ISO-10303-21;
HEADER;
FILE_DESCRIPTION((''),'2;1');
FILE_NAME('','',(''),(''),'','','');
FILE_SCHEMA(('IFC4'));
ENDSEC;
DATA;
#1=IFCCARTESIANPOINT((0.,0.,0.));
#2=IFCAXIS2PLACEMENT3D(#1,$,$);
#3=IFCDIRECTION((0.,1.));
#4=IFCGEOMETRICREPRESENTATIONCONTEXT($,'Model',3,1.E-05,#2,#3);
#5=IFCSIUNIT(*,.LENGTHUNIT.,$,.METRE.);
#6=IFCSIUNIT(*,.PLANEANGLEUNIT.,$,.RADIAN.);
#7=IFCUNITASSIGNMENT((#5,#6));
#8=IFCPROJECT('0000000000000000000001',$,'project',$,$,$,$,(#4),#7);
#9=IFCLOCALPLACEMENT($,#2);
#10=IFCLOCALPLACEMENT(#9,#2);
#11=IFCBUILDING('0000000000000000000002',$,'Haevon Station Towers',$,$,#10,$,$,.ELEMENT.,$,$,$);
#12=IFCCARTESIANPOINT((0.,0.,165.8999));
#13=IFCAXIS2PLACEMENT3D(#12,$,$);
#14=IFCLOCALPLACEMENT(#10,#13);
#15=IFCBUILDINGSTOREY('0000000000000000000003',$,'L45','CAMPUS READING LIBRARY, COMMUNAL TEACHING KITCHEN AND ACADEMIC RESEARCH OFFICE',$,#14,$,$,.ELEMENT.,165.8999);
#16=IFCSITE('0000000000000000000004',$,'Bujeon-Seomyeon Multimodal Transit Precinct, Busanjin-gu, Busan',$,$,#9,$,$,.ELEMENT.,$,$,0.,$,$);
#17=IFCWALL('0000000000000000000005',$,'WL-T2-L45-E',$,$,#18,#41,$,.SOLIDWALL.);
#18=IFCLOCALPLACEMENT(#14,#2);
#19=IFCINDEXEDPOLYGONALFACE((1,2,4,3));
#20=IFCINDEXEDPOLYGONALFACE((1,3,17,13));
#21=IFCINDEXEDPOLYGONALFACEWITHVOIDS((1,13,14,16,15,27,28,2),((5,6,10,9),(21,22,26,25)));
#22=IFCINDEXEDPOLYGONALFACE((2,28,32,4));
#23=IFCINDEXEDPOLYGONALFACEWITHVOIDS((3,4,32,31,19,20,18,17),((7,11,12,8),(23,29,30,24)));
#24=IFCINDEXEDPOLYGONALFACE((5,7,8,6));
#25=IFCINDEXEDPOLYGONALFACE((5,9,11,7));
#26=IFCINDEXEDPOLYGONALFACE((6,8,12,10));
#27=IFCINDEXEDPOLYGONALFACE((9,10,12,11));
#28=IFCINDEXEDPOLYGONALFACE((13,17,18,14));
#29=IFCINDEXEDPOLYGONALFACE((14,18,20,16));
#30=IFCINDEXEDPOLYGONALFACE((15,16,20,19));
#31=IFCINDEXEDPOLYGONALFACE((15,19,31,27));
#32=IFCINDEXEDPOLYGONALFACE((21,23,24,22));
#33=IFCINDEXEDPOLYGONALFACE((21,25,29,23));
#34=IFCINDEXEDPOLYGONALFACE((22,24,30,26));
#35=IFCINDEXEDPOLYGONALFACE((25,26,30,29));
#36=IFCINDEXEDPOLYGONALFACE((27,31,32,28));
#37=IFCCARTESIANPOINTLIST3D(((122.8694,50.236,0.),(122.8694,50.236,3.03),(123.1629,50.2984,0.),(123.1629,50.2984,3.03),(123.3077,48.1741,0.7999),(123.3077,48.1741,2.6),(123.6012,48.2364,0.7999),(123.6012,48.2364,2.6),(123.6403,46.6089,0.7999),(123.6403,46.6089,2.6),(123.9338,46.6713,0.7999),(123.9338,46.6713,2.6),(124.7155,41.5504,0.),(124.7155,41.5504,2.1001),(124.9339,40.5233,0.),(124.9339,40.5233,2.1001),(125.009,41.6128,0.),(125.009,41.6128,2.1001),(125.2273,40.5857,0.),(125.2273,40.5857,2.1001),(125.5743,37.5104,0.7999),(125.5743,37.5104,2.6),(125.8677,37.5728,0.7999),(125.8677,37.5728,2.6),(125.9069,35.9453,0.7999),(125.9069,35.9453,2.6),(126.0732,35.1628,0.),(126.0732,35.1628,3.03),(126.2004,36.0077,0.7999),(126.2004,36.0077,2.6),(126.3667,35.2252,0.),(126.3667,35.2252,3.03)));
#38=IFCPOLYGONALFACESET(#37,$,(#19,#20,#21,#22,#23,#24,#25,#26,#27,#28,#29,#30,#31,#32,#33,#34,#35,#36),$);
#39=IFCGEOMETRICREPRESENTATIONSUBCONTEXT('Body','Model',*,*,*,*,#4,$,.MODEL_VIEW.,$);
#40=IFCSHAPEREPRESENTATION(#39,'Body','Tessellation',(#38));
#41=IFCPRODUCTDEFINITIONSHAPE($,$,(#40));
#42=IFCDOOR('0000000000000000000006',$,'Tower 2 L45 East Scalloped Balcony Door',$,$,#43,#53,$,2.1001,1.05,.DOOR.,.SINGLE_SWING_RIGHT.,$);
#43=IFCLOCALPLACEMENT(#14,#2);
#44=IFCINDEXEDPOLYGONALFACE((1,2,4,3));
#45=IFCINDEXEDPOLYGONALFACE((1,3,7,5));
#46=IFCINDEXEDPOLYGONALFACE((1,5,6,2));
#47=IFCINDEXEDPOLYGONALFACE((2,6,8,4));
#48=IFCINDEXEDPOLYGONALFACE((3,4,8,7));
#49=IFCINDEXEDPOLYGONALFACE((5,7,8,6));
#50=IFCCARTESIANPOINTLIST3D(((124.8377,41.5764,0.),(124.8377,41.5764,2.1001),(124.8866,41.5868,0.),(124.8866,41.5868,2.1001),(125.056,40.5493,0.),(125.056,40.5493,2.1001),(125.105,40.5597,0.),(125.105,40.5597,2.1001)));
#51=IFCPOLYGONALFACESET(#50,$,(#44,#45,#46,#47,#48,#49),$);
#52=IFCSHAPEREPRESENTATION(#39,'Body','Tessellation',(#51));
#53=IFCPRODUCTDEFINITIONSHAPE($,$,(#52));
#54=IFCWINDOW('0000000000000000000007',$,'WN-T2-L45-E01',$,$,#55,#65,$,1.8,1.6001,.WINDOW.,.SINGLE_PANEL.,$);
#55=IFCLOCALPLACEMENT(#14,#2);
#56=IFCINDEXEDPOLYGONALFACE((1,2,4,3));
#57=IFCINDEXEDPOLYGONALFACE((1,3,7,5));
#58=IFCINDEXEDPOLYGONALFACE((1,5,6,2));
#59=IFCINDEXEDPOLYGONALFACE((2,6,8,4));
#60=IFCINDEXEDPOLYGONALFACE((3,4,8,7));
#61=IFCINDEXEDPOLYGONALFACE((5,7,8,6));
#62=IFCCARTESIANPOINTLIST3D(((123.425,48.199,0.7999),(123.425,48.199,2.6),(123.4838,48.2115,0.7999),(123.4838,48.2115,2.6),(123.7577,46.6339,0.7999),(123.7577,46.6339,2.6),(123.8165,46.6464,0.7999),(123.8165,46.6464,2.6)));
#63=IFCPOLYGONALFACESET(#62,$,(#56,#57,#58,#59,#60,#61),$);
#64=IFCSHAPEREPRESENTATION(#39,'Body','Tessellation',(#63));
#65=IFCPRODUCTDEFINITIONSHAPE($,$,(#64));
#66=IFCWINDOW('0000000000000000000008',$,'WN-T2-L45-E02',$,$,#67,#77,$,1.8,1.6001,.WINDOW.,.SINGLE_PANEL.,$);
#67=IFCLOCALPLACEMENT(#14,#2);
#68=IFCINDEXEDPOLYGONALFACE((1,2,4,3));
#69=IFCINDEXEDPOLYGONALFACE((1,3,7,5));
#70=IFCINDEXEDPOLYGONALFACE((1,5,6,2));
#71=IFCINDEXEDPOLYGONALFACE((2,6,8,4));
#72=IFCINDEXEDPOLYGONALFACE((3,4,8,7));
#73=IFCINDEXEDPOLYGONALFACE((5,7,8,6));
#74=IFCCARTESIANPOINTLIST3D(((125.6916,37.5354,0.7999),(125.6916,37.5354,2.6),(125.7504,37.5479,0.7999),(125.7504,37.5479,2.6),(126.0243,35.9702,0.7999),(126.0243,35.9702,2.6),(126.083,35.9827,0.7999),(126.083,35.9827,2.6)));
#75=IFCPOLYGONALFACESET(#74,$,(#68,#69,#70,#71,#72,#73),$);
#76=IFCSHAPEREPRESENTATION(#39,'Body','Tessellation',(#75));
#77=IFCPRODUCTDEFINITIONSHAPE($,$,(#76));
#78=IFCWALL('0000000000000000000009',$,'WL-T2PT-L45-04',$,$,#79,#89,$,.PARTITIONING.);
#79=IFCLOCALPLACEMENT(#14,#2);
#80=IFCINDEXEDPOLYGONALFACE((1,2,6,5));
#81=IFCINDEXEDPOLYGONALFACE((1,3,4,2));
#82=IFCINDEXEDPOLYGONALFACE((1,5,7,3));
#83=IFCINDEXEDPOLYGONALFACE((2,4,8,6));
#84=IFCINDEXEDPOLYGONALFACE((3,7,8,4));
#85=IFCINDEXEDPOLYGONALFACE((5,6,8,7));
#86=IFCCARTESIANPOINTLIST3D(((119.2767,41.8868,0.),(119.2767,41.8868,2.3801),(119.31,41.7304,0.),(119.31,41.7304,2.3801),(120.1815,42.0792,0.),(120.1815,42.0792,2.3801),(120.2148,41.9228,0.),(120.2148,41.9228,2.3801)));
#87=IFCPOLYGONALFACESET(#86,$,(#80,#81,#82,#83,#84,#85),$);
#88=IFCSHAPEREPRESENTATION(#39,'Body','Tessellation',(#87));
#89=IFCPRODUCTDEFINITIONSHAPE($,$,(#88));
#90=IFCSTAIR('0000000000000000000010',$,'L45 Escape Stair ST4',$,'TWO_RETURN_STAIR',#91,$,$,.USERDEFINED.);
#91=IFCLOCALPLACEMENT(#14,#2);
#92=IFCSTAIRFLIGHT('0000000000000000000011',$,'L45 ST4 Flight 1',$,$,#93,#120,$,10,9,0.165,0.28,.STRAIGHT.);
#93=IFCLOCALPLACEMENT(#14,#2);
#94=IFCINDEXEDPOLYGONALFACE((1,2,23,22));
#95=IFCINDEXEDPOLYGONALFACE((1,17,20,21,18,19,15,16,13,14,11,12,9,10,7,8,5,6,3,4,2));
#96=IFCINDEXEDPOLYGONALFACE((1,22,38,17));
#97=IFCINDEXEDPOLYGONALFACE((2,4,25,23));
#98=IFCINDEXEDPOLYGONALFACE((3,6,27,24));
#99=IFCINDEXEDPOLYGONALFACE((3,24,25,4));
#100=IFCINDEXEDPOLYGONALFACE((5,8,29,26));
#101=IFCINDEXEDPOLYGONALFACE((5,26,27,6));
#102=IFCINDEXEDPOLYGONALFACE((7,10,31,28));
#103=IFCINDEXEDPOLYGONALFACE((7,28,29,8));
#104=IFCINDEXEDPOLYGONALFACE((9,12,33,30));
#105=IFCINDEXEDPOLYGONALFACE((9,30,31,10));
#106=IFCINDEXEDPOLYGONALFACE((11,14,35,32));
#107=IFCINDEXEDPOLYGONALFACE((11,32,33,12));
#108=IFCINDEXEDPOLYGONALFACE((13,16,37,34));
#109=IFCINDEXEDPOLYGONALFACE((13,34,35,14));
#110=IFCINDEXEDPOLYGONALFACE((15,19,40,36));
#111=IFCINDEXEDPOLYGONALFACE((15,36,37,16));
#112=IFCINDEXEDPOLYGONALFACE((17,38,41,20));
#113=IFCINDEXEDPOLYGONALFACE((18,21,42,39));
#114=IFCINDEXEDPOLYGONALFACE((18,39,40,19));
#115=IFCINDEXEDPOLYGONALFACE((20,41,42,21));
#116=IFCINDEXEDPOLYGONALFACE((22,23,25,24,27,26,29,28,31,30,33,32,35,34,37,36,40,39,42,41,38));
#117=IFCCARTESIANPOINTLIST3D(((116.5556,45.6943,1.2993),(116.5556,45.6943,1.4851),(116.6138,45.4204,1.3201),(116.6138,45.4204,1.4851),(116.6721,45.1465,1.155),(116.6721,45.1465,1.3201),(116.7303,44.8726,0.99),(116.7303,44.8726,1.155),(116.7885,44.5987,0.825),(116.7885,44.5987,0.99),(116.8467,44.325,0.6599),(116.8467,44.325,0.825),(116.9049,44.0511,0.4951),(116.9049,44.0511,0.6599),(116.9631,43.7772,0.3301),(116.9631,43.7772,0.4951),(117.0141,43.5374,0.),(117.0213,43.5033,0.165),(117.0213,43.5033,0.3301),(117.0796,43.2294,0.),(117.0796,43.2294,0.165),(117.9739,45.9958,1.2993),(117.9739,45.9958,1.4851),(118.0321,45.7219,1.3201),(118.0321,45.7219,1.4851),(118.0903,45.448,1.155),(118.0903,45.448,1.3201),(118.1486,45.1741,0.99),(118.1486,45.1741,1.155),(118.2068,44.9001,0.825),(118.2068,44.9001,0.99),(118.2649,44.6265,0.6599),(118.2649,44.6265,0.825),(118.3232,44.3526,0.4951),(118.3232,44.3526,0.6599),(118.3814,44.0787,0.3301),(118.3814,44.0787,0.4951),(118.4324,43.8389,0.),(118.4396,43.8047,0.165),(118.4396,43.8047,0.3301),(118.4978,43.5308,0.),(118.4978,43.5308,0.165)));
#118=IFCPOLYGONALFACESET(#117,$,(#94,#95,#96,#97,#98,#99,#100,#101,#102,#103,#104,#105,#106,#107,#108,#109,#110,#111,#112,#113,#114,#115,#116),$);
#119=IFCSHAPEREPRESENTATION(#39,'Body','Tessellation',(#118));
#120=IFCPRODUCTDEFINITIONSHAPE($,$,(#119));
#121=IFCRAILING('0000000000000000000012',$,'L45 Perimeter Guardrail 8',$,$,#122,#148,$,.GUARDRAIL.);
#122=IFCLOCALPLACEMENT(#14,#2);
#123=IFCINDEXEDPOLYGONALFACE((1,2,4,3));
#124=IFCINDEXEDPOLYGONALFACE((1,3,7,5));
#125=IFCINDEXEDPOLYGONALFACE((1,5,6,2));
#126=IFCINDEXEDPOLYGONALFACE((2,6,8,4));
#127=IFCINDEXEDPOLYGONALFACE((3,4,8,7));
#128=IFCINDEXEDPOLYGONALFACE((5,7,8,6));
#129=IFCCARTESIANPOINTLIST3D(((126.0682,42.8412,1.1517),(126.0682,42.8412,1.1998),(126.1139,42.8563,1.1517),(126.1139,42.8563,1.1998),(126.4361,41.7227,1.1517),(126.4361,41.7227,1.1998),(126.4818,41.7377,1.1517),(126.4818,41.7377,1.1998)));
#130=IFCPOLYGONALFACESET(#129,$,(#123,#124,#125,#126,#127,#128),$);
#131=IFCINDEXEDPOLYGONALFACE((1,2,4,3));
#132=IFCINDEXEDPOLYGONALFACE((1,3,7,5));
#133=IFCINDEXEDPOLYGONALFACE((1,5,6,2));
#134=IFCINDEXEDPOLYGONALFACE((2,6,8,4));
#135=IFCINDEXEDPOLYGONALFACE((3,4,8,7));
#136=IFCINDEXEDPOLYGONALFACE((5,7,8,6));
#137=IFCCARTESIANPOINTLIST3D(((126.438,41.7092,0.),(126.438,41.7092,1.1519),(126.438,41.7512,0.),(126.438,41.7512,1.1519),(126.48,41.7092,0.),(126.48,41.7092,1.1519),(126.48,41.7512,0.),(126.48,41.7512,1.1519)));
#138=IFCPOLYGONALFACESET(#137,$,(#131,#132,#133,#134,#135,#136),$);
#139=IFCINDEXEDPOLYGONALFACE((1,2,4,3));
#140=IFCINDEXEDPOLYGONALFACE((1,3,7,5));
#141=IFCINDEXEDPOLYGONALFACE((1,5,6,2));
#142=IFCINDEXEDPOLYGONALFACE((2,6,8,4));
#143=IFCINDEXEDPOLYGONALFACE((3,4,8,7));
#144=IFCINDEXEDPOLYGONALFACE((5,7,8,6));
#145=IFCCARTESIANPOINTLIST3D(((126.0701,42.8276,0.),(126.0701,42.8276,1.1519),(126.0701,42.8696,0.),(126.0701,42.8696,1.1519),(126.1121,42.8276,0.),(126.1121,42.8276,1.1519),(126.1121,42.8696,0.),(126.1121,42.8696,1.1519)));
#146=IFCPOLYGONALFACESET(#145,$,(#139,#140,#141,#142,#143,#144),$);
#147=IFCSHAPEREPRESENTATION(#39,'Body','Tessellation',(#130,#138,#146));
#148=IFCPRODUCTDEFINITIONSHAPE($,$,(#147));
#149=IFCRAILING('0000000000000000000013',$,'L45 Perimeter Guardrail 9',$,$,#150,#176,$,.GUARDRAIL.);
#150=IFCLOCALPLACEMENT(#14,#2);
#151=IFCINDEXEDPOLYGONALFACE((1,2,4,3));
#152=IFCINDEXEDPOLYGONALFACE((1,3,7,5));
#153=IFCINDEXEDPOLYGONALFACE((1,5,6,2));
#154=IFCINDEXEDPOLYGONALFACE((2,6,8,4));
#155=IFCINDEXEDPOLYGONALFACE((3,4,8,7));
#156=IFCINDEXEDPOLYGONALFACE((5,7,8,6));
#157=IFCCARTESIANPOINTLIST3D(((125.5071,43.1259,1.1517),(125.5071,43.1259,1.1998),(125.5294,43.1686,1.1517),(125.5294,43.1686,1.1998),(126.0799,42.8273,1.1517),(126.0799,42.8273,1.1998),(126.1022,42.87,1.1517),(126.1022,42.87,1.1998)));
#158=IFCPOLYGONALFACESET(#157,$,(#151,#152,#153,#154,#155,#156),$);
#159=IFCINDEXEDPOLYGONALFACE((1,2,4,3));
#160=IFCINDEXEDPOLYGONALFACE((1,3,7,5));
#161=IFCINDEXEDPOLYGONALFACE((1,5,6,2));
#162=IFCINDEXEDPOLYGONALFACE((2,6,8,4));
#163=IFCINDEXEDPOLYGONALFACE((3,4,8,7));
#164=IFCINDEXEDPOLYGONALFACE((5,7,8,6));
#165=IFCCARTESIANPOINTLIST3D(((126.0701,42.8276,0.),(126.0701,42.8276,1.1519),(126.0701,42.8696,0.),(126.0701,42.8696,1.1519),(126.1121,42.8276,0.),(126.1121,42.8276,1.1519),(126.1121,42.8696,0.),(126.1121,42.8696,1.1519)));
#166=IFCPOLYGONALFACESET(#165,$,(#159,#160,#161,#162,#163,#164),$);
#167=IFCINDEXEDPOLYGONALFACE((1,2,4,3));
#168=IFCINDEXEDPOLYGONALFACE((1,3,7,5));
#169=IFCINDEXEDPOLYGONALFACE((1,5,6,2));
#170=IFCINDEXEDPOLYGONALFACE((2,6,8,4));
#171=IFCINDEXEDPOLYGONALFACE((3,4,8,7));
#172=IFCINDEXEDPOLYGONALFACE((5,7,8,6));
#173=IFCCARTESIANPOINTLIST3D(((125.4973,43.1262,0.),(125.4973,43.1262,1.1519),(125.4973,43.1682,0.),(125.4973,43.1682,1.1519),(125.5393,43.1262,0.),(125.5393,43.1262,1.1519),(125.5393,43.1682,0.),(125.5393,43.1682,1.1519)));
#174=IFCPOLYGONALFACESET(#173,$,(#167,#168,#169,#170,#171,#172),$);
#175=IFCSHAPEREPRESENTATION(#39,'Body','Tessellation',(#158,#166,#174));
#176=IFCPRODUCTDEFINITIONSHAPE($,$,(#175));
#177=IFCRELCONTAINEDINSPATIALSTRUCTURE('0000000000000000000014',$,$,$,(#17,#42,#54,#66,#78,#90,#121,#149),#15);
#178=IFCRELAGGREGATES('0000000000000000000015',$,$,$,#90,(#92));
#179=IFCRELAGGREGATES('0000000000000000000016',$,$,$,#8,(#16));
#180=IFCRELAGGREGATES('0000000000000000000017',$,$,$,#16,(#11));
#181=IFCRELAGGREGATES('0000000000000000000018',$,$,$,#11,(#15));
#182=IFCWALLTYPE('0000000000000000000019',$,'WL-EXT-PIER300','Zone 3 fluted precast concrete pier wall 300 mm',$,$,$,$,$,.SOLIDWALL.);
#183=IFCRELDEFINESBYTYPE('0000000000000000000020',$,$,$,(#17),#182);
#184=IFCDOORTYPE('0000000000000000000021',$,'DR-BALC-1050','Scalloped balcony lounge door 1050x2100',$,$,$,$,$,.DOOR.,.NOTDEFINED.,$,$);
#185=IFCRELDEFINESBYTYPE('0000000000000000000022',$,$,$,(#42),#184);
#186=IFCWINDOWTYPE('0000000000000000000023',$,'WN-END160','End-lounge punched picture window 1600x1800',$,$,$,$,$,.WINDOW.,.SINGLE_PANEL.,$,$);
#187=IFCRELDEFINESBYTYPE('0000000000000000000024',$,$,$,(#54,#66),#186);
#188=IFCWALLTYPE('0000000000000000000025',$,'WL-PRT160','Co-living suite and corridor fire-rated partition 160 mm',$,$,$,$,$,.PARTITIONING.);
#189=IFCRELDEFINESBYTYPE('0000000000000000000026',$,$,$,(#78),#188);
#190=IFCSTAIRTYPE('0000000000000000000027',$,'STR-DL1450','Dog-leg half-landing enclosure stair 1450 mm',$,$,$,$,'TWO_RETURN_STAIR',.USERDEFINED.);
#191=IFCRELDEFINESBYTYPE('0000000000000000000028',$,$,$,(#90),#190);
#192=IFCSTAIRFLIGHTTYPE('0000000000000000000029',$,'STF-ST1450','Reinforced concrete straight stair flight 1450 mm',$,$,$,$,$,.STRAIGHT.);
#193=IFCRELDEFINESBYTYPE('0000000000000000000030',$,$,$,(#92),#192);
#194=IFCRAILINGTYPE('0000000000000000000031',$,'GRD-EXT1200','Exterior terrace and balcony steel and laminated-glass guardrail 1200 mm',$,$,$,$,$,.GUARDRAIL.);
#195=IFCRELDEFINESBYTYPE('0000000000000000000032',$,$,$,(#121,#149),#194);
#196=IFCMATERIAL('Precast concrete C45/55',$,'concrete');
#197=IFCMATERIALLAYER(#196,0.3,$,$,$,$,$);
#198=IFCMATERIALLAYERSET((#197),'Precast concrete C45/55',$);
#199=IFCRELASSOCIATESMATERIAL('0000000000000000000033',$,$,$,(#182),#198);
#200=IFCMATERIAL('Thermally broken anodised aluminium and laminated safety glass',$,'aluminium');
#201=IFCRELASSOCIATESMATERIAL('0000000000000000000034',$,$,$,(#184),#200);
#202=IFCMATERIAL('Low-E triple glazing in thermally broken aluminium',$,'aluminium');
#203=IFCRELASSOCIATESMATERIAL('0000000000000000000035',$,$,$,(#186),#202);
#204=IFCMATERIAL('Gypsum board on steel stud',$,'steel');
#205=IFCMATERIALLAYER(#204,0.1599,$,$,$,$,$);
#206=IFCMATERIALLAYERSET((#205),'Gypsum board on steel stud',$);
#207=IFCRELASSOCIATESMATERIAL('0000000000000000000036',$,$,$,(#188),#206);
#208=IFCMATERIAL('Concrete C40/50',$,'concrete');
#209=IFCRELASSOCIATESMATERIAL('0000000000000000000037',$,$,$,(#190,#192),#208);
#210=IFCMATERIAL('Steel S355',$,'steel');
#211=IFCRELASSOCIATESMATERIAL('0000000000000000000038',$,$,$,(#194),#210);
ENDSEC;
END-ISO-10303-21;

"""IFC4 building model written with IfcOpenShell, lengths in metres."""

from ifc_helpers import new_model, si_unit, direction, frame, frame_2d, origin, origin_2d, place, context, subcontext, project, spatial, polyline, rectangle, outline, extrude, material, layer, layer_set, type_object, element, fill, aggregate, save


model = new_model("IFC4")

# Units and contexts
model_context = context("Model", 3, precision=1e-05, world=origin(), true_north=direction((0.0, 1.0)))
body_context = subcontext(model_context, "Body", "Model", "MODEL_VIEW")
ifc_project = project(units=[si_unit("LENGTHUNIT", "METRE"), si_unit("PLANEANGLEUNIT", "RADIAN")], contexts=[model_context])

# Site, building, storey
site_placement = place(None, origin())
site = spatial("IfcSite", under=ifc_project, at=site_placement, Name="Bujeon-Seomyeon Multimodal Transit Precinct, Busanjin-gu, Busan", CompositionType="ELEMENT", RefElevation=0.0)
building_placement = place(site_placement, origin())
building = spatial("IfcBuilding", under=site, at=building_placement, Name="Haevon Station Towers", CompositionType="ELEMENT")
storey_placement = place(building_placement, frame((0.0, 0.0, 165.8999)))
storey = spatial("IfcBuildingStorey", under=building, at=storey_placement, Name="L45", Description="CAMPUS READING LIBRARY, COMMUNAL TEACHING KITCHEN AND ACADEMIC RESEARCH OFFICE", CompositionType="ELEMENT", Elevation=165.8999)

# Shared definitions
ifc_material_1 = material(Name="Steel S355", Category="steel")

# Shared definitions
ifc_material_2 = material(Name="Precast concrete C45/55", Category="concrete")
ifc_layer_1 = layer(ifc_material_2, 0.3)
ifc_layer_set_1 = layer_set([ifc_layer_1], Name="Precast concrete C45/55")
wall_type_1 = type_object("IfcWallType", Name="WL-EXT-PIER300", Description="Zone 3 fluted precast concrete pier wall 300 mm", PredefinedType="SOLIDWALL", material=ifc_layer_set_1)

# Wall, openings, door, windows
wall_1_placement = place(storey_placement, frame((123.0161, 50.2673, 0.0), z_axis=(0.0, 0.0, 1.0), x_axis=(0.207908, -0.978148, 0.0)))
wall_1 = element("IfcWall", 1, at=wall_1_placement, inside=storey, type_object=wall_type_1, Name="WL-T2-L45-E", PredefinedType="SOLIDWALL", context=body_context, shape_type="SweptSolid", body=[
    extrude(rectangle(XDim=15.4099, YDim=0.3, at=frame_2d((7.7051, 0.0))), origin(), (0.0, 0.0, 1.0), 3.03),
])
opening_1_placement = place(wall_1_placement, frame((8.8799, 0.0, 0.0)))
opening_1 = element("IfcOpeningElement", 2, at=opening_1_placement, cuts=wall_1, PredefinedType="OPENING", context=body_context, shape_type="SweptSolid", body=[
    extrude(rectangle(XDim=1.05, YDim=2.1001, at=frame_2d((0.5249, 1.05))), frame((0.0, 0.1599, 0.0), z_axis=(0.0, -1.0, 0.0), x_axis=(1.0, 0.0, 0.0)), (0.0, 0.0, 1.0), 0.3201),
])
opening_2_placement = place(wall_1_placement, frame((2.1082, 0.0, 0.8)))
opening_2 = element("IfcOpeningElement", 3, at=opening_2_placement, cuts=wall_1, PredefinedType="OPENING", context=body_context, shape_type="SweptSolid", body=[
    extrude(rectangle(XDim=1.6001, YDim=1.8, at=frame_2d((0.8, 0.8999))), frame((0.0, 0.1599, 0.0), z_axis=(0.0, -1.0, 0.0), x_axis=(1.0, 0.0, 0.0)), (0.0, 0.0, 1.0), 0.3201),
])
opening_3_placement = place(wall_1_placement, frame((13.01, 0.0, 0.8)))
opening_3 = element("IfcOpeningElement", 4, at=opening_3_placement, cuts=wall_1, PredefinedType="OPENING", context=body_context, shape_type="SweptSolid", body=[
    extrude(rectangle(XDim=1.6001, YDim=1.8, at=frame_2d((0.8, 0.8999))), frame((0.0, 0.1599, 0.0), z_axis=(0.0, -1.0, 0.0), x_axis=(1.0, 0.0, 0.0)), (0.0, 0.0, 1.0), 0.3201),
])
ifc_material_3 = material(Name="Thermally broken anodised aluminium and laminated safety glass", Category="aluminium")
door_type = type_object("IfcDoorType", Name="DR-BALC-1050", Description="Scalloped balcony lounge door 1050x2100", OperationType="NOTDEFINED", PredefinedType="DOOR", material=ifc_material_3)
door_placement = place(opening_1_placement, origin())
door = element("IfcDoor", 5, at=door_placement, inside=storey, type_object=door_type, Name="Tower 2 L45 East Scalloped Balcony Door", OperationType="SINGLE_SWING_RIGHT", OverallHeight=2.1001, OverallWidth=1.05, PredefinedType="DOOR", context=body_context, shape_type="SweptSolid", body=[
    extrude(rectangle(XDim=1.05, YDim=2.1001, at=frame_2d((0.5249, 1.05))), frame((0.0, 0.0249, 0.0), z_axis=(0.0, -1.0, 0.0), x_axis=(1.0, 0.0, 0.0)), (0.0, 0.0, 1.0), 0.05),
])
fill(opening_1, door)
ifc_material_4 = material(Name="Low-E triple glazing in thermally broken aluminium", Category="aluminium")
window_type = type_object("IfcWindowType", Name="WN-END160", Description="End-lounge punched picture window 1600x1800", PartitioningType="SINGLE_PANEL", PredefinedType="WINDOW", material=ifc_material_4)
window_1_placement = place(opening_2_placement, origin())
window_1 = element("IfcWindow", 6, at=window_1_placement, inside=storey, type_object=window_type, Name="WN-T2-L45-E01", OverallHeight=1.8, OverallWidth=1.6001, PartitioningType="SINGLE_PANEL", PredefinedType="WINDOW", context=body_context, shape_type="SweptSolid", body=[
    extrude(rectangle(XDim=1.6001, YDim=1.8, at=frame_2d((0.8, 0.8999))), frame((0.0, 0.03, 0.0), z_axis=(0.0, -1.0, 0.0), x_axis=(1.0, 0.0, 0.0)), (0.0, 0.0, 1.0), 0.0601),
])
fill(opening_2, window_1)
window_2_placement = place(opening_3_placement, origin())
window_2 = element("IfcWindow", 7, at=window_2_placement, inside=storey, type_object=window_type, Name="WN-T2-L45-E02", OverallHeight=1.8, OverallWidth=1.6001, PartitioningType="SINGLE_PANEL", PredefinedType="WINDOW", context=body_context, shape_type="SweptSolid", body=[
    extrude(rectangle(XDim=1.6001, YDim=1.8, at=frame_2d((0.8, 0.8999))), frame((0.0, 0.03, 0.0), z_axis=(0.0, -1.0, 0.0), x_axis=(1.0, 0.0, 0.0)), (0.0, 0.0, 1.0), 0.0601),
])
fill(opening_3, window_2)

# Wall
ifc_material_5 = material(Name="Gypsum board on steel stud", Category="steel")
ifc_layer_2 = layer(ifc_material_5, 0.1599)
ifc_layer_set_2 = layer_set([ifc_layer_2], Name="Gypsum board on steel stud")
wall_type_2 = type_object("IfcWallType", Name="WL-PRT160", Description="Co-living suite and corridor fire-rated partition 160 mm", PredefinedType="PARTITIONING", material=ifc_layer_set_2)
wall_2_placement = place(storey_placement, frame((119.2935, 41.8086, 0.0), z_axis=(0.0, 0.0, 1.0), x_axis=(0.978133, 0.207979, 0.0)))
element("IfcWall", 8, at=wall_2_placement, inside=storey, type_object=wall_type_2, Name="WL-T2PT-L45-04", PredefinedType="PARTITIONING", context=body_context, shape_type="SweptSolid", body=[
    extrude(rectangle(XDim=0.925, YDim=0.1599, at=frame_2d((0.4624, 0.0))), origin(), (0.0, 0.0, 1.0), 2.3801),
])

# Stair, stair flight
ifc_material_6 = material(Name="Concrete C40/50", Category="concrete")
stair_type = type_object("IfcStairType", Name="STR-DL1450", Description="Dog-leg half-landing enclosure stair 1450 mm", ElementType="TWO_RETURN_STAIR", PredefinedType="USERDEFINED", material=ifc_material_6)
stair_placement = place(storey_placement, origin())
stair = element("IfcStair", 9, at=stair_placement, inside=storey, type_object=stair_type, Name="L45 Escape Stair ST4", ObjectType="TWO_RETURN_STAIR", PredefinedType="USERDEFINED")
stair_flight_type = type_object("IfcStairFlightType", Name="STF-ST1450", Description="Reinforced concrete straight stair flight 1450 mm", PredefinedType="STRAIGHT", material=ifc_material_6)
stair_flight_placement = place(storey_placement, frame((117.7888, 43.3801, 0.0), z_axis=(0.0, 0.0, 1.0), x_axis=(-0.207912, 0.978148, 0.0)))
stair_flight = element("IfcStairFlight", 10, at=stair_flight_placement, type_object=stair_flight_type, Name="L45 ST4 Flight 1", NumberOfRisers=10, NumberOfTreads=9, PredefinedType="STRAIGHT", RiserHeight=0.165, TreadLength=0.28, context=body_context, shape_type="SweptSolid", body=[
    extrude(outline(polyline([(0.0, 0.0), (0.0, 0.165), (0.28, 0.165), (0.28, 0.3301), (0.5601, 0.3301), (0.5601, 0.4951), (0.8401, 0.4951), (0.8401, 0.6599), (1.1201, 0.6599), (1.1201, 0.825), (1.3999, 0.825), (1.3999, 0.99), (1.6799, 0.99), (1.6799, 1.155), (1.96, 1.155), (1.96, 1.3201), (2.24, 1.3201), (2.24, 1.4851), (2.52, 1.4851), (2.52, 1.6499), (2.52, 1.2993), (0.3149, 0.0), (0.0, 0.0)])), frame((0.0, 0.7251, 0.0), z_axis=(0.0, -1.0, 0.0), x_axis=(1.0, 0.0, 0.0)), (0.0, 0.0, 1.0), 1.45),
])
aggregate(stair, [stair_flight])

# Railings
railing_type_1 = type_object("IfcRailingType", Name="GRD-EXT1200", Description="Exterior terrace and balcony steel and laminated-glass guardrail 1200 mm", PredefinedType="GUARDRAIL", material=ifc_material_1)
railing_1_placement = place(storey_placement, frame((126.459, 41.7302, 0.0)))
element("IfcRailing", 11, at=railing_1_placement, inside=storey, type_object=railing_type_1, Name="L45 Perimeter Guardrail 8", PredefinedType="GUARDRAIL", context=body_context, shape_type="SweptSolid", body=[
    extrude(rectangle(XDim=0.0481, YDim=0.0481, at=origin_2d()), frame((0.0, 0.0, 1.1758), z_axis=(-0.312493, 0.94992, 0.0), x_axis=(-0.94992, -0.312493, 0.0)), (0.0, 0.0, 1.0), 1.1775),
    extrude(rectangle(XDim=0.042, YDim=0.042, at=origin_2d()), origin(), (0.0, 0.0, 1.0), 1.1519),
    extrude(rectangle(XDim=0.042, YDim=0.042, at=origin_2d()), frame((-0.3679, 1.1184, 0.0)), (0.0, 0.0, 1.0), 1.1519),
])
railing_2_placement = place(storey_placement, frame((126.0911, 42.8486, 0.0)))
element("IfcRailing", 12, at=railing_2_placement, inside=storey, type_object=railing_type_1, Name="L45 Perimeter Guardrail 9", PredefinedType="GUARDRAIL", context=body_context, shape_type="SweptSolid", body=[
    extrude(rectangle(XDim=0.0481, YDim=0.0481, at=origin_2d()), frame((0.0, 0.0, 1.1758), z_axis=(-0.88674, 0.462269, 0.0), x_axis=(-0.462269, -0.88674, 0.0)), (0.0, 0.0, 1.0), 0.646),
    extrude(rectangle(XDim=0.042, YDim=0.042, at=origin_2d()), origin(), (0.0, 0.0, 1.0), 1.1519),
    extrude(rectangle(XDim=0.042, YDim=0.042, at=origin_2d()), frame((-0.5728, 0.2986, 0.0)), (0.0, 0.0, 1.0), 1.1519),
])

save(model, "model.ifc")
